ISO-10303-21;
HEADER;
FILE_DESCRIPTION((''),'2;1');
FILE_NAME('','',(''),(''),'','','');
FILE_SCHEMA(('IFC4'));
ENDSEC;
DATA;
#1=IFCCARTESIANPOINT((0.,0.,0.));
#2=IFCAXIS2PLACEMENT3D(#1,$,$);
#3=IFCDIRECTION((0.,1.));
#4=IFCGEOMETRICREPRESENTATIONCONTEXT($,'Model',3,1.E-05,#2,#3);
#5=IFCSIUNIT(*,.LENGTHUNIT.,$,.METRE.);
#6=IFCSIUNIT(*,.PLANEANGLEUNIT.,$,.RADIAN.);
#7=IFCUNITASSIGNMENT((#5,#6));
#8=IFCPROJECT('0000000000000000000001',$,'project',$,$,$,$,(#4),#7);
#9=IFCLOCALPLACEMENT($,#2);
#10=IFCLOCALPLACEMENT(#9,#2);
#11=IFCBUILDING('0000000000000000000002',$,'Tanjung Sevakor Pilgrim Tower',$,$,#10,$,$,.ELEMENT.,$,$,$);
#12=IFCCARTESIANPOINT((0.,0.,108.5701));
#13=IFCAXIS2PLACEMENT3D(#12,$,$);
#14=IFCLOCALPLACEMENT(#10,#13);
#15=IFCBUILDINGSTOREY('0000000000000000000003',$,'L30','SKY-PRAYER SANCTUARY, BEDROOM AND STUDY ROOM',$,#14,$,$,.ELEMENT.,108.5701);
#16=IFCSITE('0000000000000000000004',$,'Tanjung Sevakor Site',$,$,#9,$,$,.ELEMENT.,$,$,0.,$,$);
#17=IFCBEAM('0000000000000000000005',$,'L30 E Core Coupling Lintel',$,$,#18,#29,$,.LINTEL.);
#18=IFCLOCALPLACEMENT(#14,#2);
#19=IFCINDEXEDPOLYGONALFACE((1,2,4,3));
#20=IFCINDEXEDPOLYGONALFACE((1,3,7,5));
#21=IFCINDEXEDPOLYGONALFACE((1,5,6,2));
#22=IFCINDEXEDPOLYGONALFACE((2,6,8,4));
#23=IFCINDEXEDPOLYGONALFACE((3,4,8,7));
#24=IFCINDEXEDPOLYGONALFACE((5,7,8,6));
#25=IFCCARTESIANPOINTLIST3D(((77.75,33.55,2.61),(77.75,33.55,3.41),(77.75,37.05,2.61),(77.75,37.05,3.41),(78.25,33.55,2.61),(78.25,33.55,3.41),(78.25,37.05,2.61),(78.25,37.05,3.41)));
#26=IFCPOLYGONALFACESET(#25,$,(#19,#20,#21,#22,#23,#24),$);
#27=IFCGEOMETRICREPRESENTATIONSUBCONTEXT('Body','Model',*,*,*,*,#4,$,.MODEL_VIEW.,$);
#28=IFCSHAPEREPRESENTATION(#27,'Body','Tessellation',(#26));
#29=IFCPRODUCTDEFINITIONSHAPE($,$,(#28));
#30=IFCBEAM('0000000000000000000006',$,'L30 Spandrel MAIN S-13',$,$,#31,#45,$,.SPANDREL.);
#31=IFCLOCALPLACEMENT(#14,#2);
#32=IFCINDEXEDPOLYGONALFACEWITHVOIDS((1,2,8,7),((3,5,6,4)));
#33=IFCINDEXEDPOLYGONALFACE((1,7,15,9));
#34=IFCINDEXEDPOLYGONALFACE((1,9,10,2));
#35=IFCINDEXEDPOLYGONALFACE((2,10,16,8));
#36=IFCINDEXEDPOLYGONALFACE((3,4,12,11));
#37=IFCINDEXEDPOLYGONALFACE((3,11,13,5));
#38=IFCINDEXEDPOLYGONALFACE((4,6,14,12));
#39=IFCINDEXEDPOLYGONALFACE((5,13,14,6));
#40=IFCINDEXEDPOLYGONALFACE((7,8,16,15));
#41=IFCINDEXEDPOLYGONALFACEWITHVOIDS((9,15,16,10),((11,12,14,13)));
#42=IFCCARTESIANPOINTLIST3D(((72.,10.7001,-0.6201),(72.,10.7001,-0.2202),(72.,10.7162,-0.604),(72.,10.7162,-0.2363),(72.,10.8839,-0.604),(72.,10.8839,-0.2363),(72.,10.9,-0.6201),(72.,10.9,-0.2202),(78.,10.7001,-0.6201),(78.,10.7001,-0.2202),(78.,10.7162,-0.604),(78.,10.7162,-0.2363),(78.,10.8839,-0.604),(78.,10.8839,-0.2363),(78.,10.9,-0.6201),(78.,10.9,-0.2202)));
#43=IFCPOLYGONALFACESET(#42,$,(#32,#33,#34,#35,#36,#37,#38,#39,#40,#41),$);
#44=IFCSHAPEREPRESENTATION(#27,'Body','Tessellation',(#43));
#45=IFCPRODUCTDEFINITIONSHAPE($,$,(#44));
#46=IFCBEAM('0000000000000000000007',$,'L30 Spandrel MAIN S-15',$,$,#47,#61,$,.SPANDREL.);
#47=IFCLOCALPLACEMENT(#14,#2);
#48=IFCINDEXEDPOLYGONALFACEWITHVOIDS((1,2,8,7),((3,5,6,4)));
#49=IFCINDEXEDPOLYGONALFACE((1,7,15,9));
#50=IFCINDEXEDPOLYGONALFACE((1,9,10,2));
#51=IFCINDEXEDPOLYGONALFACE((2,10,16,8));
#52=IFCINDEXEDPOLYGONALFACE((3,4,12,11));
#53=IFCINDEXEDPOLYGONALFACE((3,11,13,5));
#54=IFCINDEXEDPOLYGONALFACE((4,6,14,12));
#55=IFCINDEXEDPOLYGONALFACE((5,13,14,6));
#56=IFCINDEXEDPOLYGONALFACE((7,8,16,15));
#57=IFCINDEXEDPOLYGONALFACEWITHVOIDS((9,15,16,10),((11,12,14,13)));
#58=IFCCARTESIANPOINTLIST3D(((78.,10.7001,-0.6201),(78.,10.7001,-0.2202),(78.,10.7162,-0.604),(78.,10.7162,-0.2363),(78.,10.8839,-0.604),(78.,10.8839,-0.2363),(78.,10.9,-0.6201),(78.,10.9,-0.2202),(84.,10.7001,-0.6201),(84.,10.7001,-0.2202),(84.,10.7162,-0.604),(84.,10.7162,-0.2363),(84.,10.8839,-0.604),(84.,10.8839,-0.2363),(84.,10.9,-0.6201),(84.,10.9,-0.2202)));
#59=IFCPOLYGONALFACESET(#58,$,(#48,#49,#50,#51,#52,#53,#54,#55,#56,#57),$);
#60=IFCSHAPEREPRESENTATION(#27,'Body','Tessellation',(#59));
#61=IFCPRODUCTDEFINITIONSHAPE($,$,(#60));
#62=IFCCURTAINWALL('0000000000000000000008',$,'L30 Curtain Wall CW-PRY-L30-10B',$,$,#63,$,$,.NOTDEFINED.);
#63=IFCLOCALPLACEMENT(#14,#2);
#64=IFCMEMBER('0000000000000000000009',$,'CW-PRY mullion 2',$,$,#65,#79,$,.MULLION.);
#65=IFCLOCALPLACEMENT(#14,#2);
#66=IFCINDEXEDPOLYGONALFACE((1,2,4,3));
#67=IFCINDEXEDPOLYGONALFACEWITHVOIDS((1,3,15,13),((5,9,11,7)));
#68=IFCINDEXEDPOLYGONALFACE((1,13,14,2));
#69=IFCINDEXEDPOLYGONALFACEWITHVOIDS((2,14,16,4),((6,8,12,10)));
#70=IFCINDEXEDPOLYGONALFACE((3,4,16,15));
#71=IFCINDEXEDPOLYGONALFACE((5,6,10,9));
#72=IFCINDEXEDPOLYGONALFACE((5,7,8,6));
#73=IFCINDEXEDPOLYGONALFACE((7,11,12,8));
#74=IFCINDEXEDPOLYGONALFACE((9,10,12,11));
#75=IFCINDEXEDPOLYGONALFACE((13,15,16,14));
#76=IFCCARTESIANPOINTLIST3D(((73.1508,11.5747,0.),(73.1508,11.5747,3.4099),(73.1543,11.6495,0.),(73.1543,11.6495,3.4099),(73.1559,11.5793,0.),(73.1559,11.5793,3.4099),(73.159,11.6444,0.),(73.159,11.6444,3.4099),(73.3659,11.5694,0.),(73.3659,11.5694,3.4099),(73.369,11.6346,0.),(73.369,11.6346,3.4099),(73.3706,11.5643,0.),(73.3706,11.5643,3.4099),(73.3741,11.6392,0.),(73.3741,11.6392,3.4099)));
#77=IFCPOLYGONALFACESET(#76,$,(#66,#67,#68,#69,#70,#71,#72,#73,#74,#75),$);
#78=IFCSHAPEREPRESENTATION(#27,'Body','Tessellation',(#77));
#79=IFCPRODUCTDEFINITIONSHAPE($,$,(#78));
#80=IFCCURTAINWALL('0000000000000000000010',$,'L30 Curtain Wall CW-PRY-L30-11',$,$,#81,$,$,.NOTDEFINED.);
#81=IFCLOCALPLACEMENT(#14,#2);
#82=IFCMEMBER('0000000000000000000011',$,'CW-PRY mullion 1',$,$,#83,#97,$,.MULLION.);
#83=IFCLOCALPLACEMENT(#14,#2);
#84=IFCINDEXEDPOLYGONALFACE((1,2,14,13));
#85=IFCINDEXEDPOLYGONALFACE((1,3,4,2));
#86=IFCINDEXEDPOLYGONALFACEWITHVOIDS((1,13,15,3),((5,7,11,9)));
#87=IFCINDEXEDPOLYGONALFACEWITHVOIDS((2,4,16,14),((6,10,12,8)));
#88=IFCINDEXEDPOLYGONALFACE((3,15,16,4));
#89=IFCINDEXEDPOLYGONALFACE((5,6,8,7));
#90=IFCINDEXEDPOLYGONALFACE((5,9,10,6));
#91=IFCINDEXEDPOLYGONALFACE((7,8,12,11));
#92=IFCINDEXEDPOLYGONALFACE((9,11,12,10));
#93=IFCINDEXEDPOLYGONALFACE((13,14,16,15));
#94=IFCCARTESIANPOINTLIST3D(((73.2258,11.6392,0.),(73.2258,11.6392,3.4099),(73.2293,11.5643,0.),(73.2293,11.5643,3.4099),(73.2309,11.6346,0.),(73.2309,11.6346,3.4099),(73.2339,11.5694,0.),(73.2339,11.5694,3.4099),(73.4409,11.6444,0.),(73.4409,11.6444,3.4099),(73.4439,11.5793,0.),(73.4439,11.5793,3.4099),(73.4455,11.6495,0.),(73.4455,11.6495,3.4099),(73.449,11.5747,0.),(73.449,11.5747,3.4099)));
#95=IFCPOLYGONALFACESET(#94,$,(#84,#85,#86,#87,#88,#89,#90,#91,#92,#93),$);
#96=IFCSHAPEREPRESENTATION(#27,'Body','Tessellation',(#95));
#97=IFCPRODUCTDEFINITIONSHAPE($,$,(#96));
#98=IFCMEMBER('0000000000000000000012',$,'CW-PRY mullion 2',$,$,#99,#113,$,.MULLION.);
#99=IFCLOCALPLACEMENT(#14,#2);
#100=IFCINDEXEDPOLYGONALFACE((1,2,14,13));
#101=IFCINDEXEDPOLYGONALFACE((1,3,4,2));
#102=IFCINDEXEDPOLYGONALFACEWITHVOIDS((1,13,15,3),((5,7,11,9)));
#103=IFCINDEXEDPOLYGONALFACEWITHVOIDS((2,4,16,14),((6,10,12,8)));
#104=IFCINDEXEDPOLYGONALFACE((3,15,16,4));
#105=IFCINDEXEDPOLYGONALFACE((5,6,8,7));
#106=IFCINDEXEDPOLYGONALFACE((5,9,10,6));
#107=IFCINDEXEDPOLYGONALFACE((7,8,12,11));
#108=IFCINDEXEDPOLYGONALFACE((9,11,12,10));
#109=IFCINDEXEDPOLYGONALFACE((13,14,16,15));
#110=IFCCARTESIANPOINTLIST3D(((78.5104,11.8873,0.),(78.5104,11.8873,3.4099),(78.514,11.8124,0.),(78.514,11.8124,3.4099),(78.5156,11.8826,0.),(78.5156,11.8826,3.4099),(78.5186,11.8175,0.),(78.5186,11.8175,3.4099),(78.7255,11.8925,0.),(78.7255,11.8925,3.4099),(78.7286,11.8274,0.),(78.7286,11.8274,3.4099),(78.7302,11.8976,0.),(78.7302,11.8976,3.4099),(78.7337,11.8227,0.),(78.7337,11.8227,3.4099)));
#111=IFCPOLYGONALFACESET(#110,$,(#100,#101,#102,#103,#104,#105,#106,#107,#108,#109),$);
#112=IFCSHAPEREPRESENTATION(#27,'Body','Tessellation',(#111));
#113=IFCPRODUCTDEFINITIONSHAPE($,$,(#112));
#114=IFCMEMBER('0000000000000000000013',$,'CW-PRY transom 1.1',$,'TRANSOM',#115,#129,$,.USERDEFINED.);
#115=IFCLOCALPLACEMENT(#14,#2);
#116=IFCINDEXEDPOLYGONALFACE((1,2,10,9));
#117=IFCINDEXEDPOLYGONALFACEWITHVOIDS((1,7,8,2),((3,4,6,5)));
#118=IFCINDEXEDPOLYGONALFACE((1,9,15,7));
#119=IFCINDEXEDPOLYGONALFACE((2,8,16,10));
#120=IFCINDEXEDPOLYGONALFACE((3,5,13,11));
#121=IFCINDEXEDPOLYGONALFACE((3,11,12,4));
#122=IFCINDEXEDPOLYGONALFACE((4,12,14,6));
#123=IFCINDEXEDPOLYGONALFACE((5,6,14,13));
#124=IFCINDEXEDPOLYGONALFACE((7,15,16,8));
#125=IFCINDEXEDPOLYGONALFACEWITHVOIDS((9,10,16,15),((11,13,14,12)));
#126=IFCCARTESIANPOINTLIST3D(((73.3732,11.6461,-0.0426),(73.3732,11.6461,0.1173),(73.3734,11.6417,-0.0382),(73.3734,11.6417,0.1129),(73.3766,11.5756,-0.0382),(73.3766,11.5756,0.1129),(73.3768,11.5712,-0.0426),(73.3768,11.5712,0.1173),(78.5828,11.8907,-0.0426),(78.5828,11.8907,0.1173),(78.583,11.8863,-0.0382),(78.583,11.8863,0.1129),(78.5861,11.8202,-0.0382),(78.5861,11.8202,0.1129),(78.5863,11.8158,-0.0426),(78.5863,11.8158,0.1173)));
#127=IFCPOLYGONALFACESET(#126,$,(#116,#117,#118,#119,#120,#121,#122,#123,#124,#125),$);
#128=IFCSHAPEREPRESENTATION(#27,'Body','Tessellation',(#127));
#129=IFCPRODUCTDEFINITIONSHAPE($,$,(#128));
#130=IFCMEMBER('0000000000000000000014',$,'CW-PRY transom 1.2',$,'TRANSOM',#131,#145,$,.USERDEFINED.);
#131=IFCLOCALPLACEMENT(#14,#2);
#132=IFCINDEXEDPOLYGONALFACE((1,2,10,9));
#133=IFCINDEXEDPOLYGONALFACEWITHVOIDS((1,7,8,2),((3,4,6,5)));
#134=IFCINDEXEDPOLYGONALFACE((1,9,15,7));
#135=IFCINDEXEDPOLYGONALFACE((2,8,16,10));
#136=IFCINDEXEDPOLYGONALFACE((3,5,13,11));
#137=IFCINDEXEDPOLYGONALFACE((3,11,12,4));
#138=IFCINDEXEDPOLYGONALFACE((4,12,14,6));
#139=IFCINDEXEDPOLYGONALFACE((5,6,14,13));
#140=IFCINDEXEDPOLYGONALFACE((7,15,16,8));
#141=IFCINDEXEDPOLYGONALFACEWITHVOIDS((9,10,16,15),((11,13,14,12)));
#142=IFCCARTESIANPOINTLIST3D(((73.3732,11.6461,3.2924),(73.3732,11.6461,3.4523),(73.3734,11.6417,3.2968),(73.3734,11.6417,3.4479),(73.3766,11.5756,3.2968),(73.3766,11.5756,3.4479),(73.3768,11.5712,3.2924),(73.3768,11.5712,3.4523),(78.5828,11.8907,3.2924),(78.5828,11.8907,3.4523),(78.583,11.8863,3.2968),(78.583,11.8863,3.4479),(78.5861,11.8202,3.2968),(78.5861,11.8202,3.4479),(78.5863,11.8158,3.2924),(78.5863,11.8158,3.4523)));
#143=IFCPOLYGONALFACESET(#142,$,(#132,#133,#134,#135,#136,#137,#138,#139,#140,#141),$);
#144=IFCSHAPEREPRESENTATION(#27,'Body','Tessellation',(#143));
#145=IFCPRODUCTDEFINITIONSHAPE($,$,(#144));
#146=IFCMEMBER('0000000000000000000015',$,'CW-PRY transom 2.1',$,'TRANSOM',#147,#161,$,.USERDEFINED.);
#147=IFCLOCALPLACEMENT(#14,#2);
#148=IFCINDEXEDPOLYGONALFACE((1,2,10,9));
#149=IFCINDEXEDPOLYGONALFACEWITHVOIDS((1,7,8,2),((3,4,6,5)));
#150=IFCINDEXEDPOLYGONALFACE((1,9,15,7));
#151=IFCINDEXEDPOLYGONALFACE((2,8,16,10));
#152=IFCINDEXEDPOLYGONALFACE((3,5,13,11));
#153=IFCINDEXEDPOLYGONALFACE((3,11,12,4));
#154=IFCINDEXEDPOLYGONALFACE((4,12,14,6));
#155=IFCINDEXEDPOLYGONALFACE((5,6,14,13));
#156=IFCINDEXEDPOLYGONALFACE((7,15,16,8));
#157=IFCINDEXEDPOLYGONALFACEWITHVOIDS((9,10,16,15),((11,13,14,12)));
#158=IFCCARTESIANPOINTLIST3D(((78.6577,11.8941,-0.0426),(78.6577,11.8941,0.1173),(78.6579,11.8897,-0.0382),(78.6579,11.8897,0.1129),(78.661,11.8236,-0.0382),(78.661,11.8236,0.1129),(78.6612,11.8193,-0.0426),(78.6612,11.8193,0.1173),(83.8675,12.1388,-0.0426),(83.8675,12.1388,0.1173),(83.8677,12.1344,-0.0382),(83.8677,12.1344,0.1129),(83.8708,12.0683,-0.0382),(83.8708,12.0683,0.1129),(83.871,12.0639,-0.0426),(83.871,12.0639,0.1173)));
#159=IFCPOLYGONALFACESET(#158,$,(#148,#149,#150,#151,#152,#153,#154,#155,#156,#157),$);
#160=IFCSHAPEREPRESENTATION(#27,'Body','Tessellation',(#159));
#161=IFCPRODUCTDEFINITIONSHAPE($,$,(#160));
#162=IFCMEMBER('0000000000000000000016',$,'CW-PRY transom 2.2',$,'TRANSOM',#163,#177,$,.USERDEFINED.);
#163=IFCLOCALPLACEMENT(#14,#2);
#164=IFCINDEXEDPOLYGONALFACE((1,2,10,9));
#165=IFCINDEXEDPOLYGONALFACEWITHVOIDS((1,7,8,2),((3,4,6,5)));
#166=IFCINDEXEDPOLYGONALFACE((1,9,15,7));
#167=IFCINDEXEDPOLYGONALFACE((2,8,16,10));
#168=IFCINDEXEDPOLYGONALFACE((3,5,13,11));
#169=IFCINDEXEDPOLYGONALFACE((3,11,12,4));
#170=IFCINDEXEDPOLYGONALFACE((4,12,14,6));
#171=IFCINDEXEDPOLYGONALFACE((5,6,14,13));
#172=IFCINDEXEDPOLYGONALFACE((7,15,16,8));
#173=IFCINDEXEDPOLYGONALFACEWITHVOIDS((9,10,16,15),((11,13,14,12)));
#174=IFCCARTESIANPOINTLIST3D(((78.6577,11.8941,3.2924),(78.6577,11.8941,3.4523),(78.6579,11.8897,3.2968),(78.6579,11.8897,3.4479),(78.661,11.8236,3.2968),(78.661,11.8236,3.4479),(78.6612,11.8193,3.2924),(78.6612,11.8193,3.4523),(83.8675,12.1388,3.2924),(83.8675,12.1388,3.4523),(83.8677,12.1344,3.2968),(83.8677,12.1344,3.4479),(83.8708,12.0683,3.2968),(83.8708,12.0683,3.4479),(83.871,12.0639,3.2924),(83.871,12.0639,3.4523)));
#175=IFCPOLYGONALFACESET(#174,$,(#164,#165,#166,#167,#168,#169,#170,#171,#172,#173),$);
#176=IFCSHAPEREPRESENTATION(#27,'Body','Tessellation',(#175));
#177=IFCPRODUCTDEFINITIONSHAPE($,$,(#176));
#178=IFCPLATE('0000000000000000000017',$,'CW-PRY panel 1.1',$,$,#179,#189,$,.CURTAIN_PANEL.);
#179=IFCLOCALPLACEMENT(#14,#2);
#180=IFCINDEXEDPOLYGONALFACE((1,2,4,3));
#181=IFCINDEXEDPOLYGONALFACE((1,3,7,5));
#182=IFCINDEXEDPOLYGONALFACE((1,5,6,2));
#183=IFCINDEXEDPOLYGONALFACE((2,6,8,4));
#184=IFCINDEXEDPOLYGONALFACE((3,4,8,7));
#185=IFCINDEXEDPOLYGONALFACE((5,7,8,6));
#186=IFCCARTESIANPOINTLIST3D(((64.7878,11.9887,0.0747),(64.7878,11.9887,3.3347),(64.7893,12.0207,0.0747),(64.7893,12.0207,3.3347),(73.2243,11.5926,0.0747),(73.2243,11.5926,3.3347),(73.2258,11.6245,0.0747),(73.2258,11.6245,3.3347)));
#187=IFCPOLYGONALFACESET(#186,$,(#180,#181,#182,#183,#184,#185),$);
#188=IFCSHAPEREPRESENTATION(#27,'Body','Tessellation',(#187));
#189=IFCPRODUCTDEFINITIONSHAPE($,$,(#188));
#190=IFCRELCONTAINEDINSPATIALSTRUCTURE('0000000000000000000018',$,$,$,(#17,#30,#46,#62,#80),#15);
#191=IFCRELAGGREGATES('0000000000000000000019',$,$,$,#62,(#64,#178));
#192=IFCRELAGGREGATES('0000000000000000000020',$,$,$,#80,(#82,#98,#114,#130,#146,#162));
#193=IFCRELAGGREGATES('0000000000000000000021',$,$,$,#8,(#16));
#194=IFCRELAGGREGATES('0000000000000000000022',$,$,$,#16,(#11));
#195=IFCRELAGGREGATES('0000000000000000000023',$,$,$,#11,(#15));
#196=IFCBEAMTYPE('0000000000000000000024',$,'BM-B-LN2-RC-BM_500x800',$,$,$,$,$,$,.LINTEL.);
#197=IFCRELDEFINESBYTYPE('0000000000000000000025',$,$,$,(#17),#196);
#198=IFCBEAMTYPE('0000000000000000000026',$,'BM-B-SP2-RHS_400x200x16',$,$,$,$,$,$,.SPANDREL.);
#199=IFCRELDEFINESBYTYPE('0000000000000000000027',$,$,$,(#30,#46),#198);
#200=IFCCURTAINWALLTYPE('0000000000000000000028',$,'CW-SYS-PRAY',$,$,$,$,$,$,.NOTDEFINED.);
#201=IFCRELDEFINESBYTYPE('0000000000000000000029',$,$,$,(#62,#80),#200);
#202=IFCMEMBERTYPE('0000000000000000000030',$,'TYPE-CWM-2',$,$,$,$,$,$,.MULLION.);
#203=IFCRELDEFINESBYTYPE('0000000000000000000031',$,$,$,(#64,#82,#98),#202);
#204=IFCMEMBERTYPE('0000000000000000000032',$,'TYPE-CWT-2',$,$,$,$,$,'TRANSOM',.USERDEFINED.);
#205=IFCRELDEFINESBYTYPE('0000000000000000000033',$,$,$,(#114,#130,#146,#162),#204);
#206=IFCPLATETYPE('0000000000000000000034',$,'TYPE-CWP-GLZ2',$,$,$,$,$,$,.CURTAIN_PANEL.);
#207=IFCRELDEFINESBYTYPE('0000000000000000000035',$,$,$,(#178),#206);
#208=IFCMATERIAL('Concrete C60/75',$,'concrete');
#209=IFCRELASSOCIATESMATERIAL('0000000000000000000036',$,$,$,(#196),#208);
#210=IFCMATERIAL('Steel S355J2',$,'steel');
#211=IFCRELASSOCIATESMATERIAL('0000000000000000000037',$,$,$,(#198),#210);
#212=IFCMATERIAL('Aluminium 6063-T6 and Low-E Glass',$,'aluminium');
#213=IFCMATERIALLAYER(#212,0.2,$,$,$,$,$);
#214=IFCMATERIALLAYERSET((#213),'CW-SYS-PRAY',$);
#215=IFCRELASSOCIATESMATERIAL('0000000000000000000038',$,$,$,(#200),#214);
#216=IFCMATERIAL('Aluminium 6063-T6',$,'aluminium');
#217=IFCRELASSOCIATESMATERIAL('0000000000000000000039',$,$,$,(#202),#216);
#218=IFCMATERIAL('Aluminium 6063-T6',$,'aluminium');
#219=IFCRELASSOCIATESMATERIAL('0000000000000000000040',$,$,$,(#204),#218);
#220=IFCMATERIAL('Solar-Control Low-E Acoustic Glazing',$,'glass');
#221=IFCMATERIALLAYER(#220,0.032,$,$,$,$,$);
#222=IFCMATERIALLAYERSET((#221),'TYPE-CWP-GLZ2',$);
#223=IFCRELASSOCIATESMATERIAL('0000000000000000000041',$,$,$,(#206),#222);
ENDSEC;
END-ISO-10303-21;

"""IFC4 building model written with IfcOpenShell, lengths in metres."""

from ifc_helpers import new_model, si_unit, direction, frame, origin, origin_2d, place, context, subcontext, project, spatial, rectangle, hollow_rectangle, extrude, material, layer, layer_set, material_profile, profile_set, type_object, element, aggregate, save


model = new_model("IFC4")

# Units and contexts
model_context = context("Model", 3, precision=1e-05, world=origin(), true_north=direction((0.0, 1.0)))
body_context = subcontext(model_context, "Body", "Model", "MODEL_VIEW")
ifc_project = project(units=[si_unit("LENGTHUNIT", "METRE"), si_unit("PLANEANGLEUNIT", "RADIAN")], contexts=[model_context])

# Site, building, storey
site_placement = place(None, origin())
site = spatial("IfcSite", under=ifc_project, at=site_placement, Name="Tanjung Sevakor Site", CompositionType="ELEMENT", RefElevation=0.0)
building_placement = place(site_placement, origin())
building = spatial("IfcBuilding", under=site, at=building_placement, Name="Tanjung Sevakor Pilgrim Tower", CompositionType="ELEMENT")
storey_placement = place(building_placement, frame((0.0, 0.0, 108.5701)))
storey = spatial("IfcBuildingStorey", under=building, at=storey_placement, Name="L30", Description="SKY-PRAYER SANCTUARY, BEDROOM AND STUDY ROOM", CompositionType="ELEMENT", Elevation=108.5701)

# Beams
ifc_material_1 = material(Name="Concrete C60/75", Category="concrete")
ifc_material_profile_1 = material_profile(ifc_material_1, rectangle(XDim=0.5, YDim=0.8, at=origin_2d()))
ifc_profile_set_1 = profile_set([ifc_material_profile_1], Name="Concrete C60/75")
beam_type_1 = type_object("IfcBeamType", Name="BM-B-LN2-RC-BM_500x800", PredefinedType="LINTEL", material=ifc_profile_set_1)
beam_1_placement = place(storey_placement, frame((78.0, 33.55, 3.01), z_axis=(0.0, 1.0, 0.0), x_axis=(-1.0, 0.0, 0.0)))
element("IfcBeam", 1, at=beam_1_placement, inside=storey, type_object=beam_type_1, Name="L30 E Core Coupling Lintel", PredefinedType="LINTEL", context=body_context, shape_type="SweptSolid", body=[
    extrude(rectangle(XDim=0.5, YDim=0.8, at=origin_2d()), origin(), (0.0, 0.0, 1.0), 3.5),
])
ifc_material_2 = material(Name="Steel S355J2", Category="steel")
ifc_material_profile_2 = material_profile(ifc_material_2, hollow_rectangle(XDim=0.2, YDim=0.3999, WallThickness=0.0161, at=origin_2d()))
ifc_profile_set_2 = profile_set([ifc_material_profile_2], Name="Steel S355J2")
beam_type_2 = type_object("IfcBeamType", Name="BM-B-SP2-RHS_400x200x16", PredefinedType="SPANDREL", material=ifc_profile_set_2)
for number, where, z_axis, x_axis, name in (
    (2, (72.0, 10.8, -0.4202), (1.0, 0.0, 0.0), (0.0, 1.0, 0.0), "L30 Spandrel MAIN S-13"),
    (3, (78.0, 10.8, -0.4202), (1.0, 0.0, 0.0), (0.0, 1.0, 0.0), "L30 Spandrel MAIN S-15"),
):
    element("IfcBeam", number, at=place(storey_placement, frame(where, z_axis=z_axis, x_axis=x_axis)), inside=storey, type_object=beam_type_2, Name=name, PredefinedType="SPANDREL", context=body_context, shape_type="SweptSolid", body=[
        extrude(hollow_rectangle(XDim=0.2, YDim=0.3999, WallThickness=0.0161, at=origin_2d()), origin(), (0.0, 0.0, 1.0), 6.0),
    ])

# Curtain wall, member
ifc_material_3 = material(Name="Aluminium 6063-T6 and Low-E Glass", Category="aluminium")
ifc_layer_1 = layer(ifc_material_3, 0.2)
ifc_layer_set_1 = layer_set([ifc_layer_1], Name="CW-SYS-PRAY")
curtain_wall_type = type_object("IfcCurtainWallType", Name="CW-SYS-PRAY", PredefinedType="NOTDEFINED", material=ifc_layer_set_1)
curtain_wall_1_placement = place(storey_placement, origin())
curtain_wall_1 = element("IfcCurtainWall", 4, at=curtain_wall_1_placement, inside=storey, type_object=curtain_wall_type, Name="L30 Curtain Wall CW-PRY-L30-10B", PredefinedType="NOTDEFINED")
ifc_material_4 = material(Name="Aluminium 6063-T6", Category="aluminium")
ifc_material_profile_3 = material_profile(ifc_material_4, hollow_rectangle(XDim=0.075, YDim=0.22, WallThickness=0.0049, at=origin_2d()))
ifc_profile_set_3 = profile_set([ifc_material_profile_3], Name="Aluminium 6063-T6")
member_type_1 = type_object("IfcMemberType", Name="TYPE-CWM-2", PredefinedType="MULLION", material=ifc_profile_set_3)
member_1_placement = place(storey_placement, frame((73.2625, 11.6069, 0.0), z_axis=(0.0, 0.0, 1.0), x_axis=(0.046906, 0.998899, 0.0)))
member_1 = element("IfcMember", 5, at=member_1_placement, type_object=member_type_1, Name="CW-PRY mullion 2", PredefinedType="MULLION", context=body_context, shape_type="SweptSolid", body=[
    extrude(hollow_rectangle(XDim=0.075, YDim=0.22, WallThickness=0.0049, at=origin_2d()), origin(), (0.0, 0.0, 1.0), 3.4099),
])

# Curtain wall, members
curtain_wall_2_placement = place(storey_placement, origin())
curtain_wall_2 = element("IfcCurtainWall", 6, at=curtain_wall_2_placement, inside=storey, type_object=curtain_wall_type, Name="L30 Curtain Wall CW-PRY-L30-11", PredefinedType="NOTDEFINED")
member_2_placement = place(storey_placement, frame((73.3374, 11.6069, 0.0), z_axis=(0.0, 0.0, 1.0), x_axis=(-0.046904, 0.998899, 0.0)))
member_2 = element("IfcMember", 7, at=member_2_placement, type_object=member_type_1, Name="CW-PRY mullion 1", PredefinedType="MULLION", context=body_context, shape_type="SweptSolid", body=[
    extrude(hollow_rectangle(XDim=0.075, YDim=0.22, WallThickness=0.0049, at=origin_2d()), origin(), (0.0, 0.0, 1.0), 3.4099),
])
member_3_placement = place(storey_placement, frame((78.6221, 11.855, 0.0), z_axis=(0.0, 0.0, 1.0), x_axis=(-0.046904, 0.998899, 0.0)))
member_3 = element("IfcMember", 8, at=member_3_placement, type_object=member_type_1, Name="CW-PRY mullion 2", PredefinedType="MULLION", context=body_context, shape_type="SweptSolid", body=[
    extrude(hollow_rectangle(XDim=0.075, YDim=0.22, WallThickness=0.0049, at=origin_2d()), origin(), (0.0, 0.0, 1.0), 3.4099),
])
ifc_material_5 = material(Name="Aluminium 6063-T6", Category="aluminium")
ifc_material_profile_4 = material_profile(ifc_material_5, hollow_rectangle(XDim=0.075, YDim=0.1599, WallThickness=0.0044, at=origin_2d()))
ifc_profile_set_4 = profile_set([ifc_material_profile_4], Name="Aluminium 6063-T6")
member_type_2 = type_object("IfcMemberType", Name="TYPE-CWT-2", ElementType="TRANSOM", PredefinedType="USERDEFINED", material=ifc_profile_set_4)
member_4_placement = place(storey_placement, frame((73.375, 11.6086, 0.0374), z_axis=(0.998899, 0.046907, 0.0), x_axis=(-0.046907, 0.998899, 0.0)))
member_4 = element("IfcMember", 9, at=member_4_placement, type_object=member_type_2, Name="CW-PRY transom 1.1", ObjectType="TRANSOM", PredefinedType="USERDEFINED", context=body_context, shape_type="SweptSolid", body=[
    extrude(hollow_rectangle(XDim=0.075, YDim=0.1599, WallThickness=0.0044, at=origin_2d()), origin(), (0.0, 0.0, 1.0), 5.2153),
])
member_5_placement = place(storey_placement, frame((73.375, 11.6086, 3.3723), z_axis=(0.998899, 0.046907, 0.0), x_axis=(-0.046907, 0.998899, 0.0)))
member_5 = element("IfcMember", 10, at=member_5_placement, type_object=member_type_2, Name="CW-PRY transom 1.2", ObjectType="TRANSOM", PredefinedType="USERDEFINED", context=body_context, shape_type="SweptSolid", body=[
    extrude(hollow_rectangle(XDim=0.075, YDim=0.1599, WallThickness=0.0044, at=origin_2d()), origin(), (0.0, 0.0, 1.0), 5.2153),
])
member_6_placement = place(storey_placement, frame((78.6594, 11.8567, 0.0374), z_axis=(0.998899, 0.046905, 0.0), x_axis=(-0.046905, 0.998899, 0.0)))
member_6 = element("IfcMember", 11, at=member_6_placement, type_object=member_type_2, Name="CW-PRY transom 2.1", ObjectType="TRANSOM", PredefinedType="USERDEFINED", context=body_context, shape_type="SweptSolid", body=[
    extrude(hollow_rectangle(XDim=0.075, YDim=0.1599, WallThickness=0.0044, at=origin_2d()), origin(), (0.0, 0.0, 1.0), 5.2156),
])
member_7_placement = place(storey_placement, frame((78.6594, 11.8567, 3.3723), z_axis=(0.998899, 0.046905, 0.0), x_axis=(-0.046905, 0.998899, 0.0)))
member_7 = element("IfcMember", 12, at=member_7_placement, type_object=member_type_2, Name="CW-PRY transom 2.2", ObjectType="TRANSOM", PredefinedType="USERDEFINED", context=body_context, shape_type="SweptSolid", body=[
    extrude(hollow_rectangle(XDim=0.075, YDim=0.1599, WallThickness=0.0044, at=origin_2d()), origin(), (0.0, 0.0, 1.0), 5.2156),
])

# Plate
ifc_material_6 = material(Name="Solar-Control Low-E Acoustic Glazing", Category="glass")
ifc_layer_2 = layer(ifc_material_6, 0.032)
ifc_layer_set_2 = layer_set([ifc_layer_2], Name="TYPE-CWP-GLZ2")
plate_type = type_object("IfcPlateType", Name="TYPE-CWP-GLZ2", PredefinedType="CURTAIN_PANEL", material=ifc_layer_set_2)
plate_1_placement = place(storey_placement, frame((69.0068, 11.8066, 0.0747), z_axis=(0.0, 0.0, 1.0), x_axis=(0.998899, -0.046906, 0.0)))
plate_1 = element("IfcPlate", 13, at=plate_1_placement, type_object=plate_type, Name="CW-PRY panel 1.1", PredefinedType="CURTAIN_PANEL", context=body_context, shape_type="SweptSolid", body=[
    extrude(rectangle(XDim=8.4458, YDim=0.032, at=origin_2d()), origin(), (0.0, 0.0, 1.0), 3.26),
])
aggregate(curtain_wall_1, [member_1, plate_1])
aggregate(curtain_wall_2, [member_2, member_3, member_4, member_5, member_6, member_7])

save(model, "model.ifc")
